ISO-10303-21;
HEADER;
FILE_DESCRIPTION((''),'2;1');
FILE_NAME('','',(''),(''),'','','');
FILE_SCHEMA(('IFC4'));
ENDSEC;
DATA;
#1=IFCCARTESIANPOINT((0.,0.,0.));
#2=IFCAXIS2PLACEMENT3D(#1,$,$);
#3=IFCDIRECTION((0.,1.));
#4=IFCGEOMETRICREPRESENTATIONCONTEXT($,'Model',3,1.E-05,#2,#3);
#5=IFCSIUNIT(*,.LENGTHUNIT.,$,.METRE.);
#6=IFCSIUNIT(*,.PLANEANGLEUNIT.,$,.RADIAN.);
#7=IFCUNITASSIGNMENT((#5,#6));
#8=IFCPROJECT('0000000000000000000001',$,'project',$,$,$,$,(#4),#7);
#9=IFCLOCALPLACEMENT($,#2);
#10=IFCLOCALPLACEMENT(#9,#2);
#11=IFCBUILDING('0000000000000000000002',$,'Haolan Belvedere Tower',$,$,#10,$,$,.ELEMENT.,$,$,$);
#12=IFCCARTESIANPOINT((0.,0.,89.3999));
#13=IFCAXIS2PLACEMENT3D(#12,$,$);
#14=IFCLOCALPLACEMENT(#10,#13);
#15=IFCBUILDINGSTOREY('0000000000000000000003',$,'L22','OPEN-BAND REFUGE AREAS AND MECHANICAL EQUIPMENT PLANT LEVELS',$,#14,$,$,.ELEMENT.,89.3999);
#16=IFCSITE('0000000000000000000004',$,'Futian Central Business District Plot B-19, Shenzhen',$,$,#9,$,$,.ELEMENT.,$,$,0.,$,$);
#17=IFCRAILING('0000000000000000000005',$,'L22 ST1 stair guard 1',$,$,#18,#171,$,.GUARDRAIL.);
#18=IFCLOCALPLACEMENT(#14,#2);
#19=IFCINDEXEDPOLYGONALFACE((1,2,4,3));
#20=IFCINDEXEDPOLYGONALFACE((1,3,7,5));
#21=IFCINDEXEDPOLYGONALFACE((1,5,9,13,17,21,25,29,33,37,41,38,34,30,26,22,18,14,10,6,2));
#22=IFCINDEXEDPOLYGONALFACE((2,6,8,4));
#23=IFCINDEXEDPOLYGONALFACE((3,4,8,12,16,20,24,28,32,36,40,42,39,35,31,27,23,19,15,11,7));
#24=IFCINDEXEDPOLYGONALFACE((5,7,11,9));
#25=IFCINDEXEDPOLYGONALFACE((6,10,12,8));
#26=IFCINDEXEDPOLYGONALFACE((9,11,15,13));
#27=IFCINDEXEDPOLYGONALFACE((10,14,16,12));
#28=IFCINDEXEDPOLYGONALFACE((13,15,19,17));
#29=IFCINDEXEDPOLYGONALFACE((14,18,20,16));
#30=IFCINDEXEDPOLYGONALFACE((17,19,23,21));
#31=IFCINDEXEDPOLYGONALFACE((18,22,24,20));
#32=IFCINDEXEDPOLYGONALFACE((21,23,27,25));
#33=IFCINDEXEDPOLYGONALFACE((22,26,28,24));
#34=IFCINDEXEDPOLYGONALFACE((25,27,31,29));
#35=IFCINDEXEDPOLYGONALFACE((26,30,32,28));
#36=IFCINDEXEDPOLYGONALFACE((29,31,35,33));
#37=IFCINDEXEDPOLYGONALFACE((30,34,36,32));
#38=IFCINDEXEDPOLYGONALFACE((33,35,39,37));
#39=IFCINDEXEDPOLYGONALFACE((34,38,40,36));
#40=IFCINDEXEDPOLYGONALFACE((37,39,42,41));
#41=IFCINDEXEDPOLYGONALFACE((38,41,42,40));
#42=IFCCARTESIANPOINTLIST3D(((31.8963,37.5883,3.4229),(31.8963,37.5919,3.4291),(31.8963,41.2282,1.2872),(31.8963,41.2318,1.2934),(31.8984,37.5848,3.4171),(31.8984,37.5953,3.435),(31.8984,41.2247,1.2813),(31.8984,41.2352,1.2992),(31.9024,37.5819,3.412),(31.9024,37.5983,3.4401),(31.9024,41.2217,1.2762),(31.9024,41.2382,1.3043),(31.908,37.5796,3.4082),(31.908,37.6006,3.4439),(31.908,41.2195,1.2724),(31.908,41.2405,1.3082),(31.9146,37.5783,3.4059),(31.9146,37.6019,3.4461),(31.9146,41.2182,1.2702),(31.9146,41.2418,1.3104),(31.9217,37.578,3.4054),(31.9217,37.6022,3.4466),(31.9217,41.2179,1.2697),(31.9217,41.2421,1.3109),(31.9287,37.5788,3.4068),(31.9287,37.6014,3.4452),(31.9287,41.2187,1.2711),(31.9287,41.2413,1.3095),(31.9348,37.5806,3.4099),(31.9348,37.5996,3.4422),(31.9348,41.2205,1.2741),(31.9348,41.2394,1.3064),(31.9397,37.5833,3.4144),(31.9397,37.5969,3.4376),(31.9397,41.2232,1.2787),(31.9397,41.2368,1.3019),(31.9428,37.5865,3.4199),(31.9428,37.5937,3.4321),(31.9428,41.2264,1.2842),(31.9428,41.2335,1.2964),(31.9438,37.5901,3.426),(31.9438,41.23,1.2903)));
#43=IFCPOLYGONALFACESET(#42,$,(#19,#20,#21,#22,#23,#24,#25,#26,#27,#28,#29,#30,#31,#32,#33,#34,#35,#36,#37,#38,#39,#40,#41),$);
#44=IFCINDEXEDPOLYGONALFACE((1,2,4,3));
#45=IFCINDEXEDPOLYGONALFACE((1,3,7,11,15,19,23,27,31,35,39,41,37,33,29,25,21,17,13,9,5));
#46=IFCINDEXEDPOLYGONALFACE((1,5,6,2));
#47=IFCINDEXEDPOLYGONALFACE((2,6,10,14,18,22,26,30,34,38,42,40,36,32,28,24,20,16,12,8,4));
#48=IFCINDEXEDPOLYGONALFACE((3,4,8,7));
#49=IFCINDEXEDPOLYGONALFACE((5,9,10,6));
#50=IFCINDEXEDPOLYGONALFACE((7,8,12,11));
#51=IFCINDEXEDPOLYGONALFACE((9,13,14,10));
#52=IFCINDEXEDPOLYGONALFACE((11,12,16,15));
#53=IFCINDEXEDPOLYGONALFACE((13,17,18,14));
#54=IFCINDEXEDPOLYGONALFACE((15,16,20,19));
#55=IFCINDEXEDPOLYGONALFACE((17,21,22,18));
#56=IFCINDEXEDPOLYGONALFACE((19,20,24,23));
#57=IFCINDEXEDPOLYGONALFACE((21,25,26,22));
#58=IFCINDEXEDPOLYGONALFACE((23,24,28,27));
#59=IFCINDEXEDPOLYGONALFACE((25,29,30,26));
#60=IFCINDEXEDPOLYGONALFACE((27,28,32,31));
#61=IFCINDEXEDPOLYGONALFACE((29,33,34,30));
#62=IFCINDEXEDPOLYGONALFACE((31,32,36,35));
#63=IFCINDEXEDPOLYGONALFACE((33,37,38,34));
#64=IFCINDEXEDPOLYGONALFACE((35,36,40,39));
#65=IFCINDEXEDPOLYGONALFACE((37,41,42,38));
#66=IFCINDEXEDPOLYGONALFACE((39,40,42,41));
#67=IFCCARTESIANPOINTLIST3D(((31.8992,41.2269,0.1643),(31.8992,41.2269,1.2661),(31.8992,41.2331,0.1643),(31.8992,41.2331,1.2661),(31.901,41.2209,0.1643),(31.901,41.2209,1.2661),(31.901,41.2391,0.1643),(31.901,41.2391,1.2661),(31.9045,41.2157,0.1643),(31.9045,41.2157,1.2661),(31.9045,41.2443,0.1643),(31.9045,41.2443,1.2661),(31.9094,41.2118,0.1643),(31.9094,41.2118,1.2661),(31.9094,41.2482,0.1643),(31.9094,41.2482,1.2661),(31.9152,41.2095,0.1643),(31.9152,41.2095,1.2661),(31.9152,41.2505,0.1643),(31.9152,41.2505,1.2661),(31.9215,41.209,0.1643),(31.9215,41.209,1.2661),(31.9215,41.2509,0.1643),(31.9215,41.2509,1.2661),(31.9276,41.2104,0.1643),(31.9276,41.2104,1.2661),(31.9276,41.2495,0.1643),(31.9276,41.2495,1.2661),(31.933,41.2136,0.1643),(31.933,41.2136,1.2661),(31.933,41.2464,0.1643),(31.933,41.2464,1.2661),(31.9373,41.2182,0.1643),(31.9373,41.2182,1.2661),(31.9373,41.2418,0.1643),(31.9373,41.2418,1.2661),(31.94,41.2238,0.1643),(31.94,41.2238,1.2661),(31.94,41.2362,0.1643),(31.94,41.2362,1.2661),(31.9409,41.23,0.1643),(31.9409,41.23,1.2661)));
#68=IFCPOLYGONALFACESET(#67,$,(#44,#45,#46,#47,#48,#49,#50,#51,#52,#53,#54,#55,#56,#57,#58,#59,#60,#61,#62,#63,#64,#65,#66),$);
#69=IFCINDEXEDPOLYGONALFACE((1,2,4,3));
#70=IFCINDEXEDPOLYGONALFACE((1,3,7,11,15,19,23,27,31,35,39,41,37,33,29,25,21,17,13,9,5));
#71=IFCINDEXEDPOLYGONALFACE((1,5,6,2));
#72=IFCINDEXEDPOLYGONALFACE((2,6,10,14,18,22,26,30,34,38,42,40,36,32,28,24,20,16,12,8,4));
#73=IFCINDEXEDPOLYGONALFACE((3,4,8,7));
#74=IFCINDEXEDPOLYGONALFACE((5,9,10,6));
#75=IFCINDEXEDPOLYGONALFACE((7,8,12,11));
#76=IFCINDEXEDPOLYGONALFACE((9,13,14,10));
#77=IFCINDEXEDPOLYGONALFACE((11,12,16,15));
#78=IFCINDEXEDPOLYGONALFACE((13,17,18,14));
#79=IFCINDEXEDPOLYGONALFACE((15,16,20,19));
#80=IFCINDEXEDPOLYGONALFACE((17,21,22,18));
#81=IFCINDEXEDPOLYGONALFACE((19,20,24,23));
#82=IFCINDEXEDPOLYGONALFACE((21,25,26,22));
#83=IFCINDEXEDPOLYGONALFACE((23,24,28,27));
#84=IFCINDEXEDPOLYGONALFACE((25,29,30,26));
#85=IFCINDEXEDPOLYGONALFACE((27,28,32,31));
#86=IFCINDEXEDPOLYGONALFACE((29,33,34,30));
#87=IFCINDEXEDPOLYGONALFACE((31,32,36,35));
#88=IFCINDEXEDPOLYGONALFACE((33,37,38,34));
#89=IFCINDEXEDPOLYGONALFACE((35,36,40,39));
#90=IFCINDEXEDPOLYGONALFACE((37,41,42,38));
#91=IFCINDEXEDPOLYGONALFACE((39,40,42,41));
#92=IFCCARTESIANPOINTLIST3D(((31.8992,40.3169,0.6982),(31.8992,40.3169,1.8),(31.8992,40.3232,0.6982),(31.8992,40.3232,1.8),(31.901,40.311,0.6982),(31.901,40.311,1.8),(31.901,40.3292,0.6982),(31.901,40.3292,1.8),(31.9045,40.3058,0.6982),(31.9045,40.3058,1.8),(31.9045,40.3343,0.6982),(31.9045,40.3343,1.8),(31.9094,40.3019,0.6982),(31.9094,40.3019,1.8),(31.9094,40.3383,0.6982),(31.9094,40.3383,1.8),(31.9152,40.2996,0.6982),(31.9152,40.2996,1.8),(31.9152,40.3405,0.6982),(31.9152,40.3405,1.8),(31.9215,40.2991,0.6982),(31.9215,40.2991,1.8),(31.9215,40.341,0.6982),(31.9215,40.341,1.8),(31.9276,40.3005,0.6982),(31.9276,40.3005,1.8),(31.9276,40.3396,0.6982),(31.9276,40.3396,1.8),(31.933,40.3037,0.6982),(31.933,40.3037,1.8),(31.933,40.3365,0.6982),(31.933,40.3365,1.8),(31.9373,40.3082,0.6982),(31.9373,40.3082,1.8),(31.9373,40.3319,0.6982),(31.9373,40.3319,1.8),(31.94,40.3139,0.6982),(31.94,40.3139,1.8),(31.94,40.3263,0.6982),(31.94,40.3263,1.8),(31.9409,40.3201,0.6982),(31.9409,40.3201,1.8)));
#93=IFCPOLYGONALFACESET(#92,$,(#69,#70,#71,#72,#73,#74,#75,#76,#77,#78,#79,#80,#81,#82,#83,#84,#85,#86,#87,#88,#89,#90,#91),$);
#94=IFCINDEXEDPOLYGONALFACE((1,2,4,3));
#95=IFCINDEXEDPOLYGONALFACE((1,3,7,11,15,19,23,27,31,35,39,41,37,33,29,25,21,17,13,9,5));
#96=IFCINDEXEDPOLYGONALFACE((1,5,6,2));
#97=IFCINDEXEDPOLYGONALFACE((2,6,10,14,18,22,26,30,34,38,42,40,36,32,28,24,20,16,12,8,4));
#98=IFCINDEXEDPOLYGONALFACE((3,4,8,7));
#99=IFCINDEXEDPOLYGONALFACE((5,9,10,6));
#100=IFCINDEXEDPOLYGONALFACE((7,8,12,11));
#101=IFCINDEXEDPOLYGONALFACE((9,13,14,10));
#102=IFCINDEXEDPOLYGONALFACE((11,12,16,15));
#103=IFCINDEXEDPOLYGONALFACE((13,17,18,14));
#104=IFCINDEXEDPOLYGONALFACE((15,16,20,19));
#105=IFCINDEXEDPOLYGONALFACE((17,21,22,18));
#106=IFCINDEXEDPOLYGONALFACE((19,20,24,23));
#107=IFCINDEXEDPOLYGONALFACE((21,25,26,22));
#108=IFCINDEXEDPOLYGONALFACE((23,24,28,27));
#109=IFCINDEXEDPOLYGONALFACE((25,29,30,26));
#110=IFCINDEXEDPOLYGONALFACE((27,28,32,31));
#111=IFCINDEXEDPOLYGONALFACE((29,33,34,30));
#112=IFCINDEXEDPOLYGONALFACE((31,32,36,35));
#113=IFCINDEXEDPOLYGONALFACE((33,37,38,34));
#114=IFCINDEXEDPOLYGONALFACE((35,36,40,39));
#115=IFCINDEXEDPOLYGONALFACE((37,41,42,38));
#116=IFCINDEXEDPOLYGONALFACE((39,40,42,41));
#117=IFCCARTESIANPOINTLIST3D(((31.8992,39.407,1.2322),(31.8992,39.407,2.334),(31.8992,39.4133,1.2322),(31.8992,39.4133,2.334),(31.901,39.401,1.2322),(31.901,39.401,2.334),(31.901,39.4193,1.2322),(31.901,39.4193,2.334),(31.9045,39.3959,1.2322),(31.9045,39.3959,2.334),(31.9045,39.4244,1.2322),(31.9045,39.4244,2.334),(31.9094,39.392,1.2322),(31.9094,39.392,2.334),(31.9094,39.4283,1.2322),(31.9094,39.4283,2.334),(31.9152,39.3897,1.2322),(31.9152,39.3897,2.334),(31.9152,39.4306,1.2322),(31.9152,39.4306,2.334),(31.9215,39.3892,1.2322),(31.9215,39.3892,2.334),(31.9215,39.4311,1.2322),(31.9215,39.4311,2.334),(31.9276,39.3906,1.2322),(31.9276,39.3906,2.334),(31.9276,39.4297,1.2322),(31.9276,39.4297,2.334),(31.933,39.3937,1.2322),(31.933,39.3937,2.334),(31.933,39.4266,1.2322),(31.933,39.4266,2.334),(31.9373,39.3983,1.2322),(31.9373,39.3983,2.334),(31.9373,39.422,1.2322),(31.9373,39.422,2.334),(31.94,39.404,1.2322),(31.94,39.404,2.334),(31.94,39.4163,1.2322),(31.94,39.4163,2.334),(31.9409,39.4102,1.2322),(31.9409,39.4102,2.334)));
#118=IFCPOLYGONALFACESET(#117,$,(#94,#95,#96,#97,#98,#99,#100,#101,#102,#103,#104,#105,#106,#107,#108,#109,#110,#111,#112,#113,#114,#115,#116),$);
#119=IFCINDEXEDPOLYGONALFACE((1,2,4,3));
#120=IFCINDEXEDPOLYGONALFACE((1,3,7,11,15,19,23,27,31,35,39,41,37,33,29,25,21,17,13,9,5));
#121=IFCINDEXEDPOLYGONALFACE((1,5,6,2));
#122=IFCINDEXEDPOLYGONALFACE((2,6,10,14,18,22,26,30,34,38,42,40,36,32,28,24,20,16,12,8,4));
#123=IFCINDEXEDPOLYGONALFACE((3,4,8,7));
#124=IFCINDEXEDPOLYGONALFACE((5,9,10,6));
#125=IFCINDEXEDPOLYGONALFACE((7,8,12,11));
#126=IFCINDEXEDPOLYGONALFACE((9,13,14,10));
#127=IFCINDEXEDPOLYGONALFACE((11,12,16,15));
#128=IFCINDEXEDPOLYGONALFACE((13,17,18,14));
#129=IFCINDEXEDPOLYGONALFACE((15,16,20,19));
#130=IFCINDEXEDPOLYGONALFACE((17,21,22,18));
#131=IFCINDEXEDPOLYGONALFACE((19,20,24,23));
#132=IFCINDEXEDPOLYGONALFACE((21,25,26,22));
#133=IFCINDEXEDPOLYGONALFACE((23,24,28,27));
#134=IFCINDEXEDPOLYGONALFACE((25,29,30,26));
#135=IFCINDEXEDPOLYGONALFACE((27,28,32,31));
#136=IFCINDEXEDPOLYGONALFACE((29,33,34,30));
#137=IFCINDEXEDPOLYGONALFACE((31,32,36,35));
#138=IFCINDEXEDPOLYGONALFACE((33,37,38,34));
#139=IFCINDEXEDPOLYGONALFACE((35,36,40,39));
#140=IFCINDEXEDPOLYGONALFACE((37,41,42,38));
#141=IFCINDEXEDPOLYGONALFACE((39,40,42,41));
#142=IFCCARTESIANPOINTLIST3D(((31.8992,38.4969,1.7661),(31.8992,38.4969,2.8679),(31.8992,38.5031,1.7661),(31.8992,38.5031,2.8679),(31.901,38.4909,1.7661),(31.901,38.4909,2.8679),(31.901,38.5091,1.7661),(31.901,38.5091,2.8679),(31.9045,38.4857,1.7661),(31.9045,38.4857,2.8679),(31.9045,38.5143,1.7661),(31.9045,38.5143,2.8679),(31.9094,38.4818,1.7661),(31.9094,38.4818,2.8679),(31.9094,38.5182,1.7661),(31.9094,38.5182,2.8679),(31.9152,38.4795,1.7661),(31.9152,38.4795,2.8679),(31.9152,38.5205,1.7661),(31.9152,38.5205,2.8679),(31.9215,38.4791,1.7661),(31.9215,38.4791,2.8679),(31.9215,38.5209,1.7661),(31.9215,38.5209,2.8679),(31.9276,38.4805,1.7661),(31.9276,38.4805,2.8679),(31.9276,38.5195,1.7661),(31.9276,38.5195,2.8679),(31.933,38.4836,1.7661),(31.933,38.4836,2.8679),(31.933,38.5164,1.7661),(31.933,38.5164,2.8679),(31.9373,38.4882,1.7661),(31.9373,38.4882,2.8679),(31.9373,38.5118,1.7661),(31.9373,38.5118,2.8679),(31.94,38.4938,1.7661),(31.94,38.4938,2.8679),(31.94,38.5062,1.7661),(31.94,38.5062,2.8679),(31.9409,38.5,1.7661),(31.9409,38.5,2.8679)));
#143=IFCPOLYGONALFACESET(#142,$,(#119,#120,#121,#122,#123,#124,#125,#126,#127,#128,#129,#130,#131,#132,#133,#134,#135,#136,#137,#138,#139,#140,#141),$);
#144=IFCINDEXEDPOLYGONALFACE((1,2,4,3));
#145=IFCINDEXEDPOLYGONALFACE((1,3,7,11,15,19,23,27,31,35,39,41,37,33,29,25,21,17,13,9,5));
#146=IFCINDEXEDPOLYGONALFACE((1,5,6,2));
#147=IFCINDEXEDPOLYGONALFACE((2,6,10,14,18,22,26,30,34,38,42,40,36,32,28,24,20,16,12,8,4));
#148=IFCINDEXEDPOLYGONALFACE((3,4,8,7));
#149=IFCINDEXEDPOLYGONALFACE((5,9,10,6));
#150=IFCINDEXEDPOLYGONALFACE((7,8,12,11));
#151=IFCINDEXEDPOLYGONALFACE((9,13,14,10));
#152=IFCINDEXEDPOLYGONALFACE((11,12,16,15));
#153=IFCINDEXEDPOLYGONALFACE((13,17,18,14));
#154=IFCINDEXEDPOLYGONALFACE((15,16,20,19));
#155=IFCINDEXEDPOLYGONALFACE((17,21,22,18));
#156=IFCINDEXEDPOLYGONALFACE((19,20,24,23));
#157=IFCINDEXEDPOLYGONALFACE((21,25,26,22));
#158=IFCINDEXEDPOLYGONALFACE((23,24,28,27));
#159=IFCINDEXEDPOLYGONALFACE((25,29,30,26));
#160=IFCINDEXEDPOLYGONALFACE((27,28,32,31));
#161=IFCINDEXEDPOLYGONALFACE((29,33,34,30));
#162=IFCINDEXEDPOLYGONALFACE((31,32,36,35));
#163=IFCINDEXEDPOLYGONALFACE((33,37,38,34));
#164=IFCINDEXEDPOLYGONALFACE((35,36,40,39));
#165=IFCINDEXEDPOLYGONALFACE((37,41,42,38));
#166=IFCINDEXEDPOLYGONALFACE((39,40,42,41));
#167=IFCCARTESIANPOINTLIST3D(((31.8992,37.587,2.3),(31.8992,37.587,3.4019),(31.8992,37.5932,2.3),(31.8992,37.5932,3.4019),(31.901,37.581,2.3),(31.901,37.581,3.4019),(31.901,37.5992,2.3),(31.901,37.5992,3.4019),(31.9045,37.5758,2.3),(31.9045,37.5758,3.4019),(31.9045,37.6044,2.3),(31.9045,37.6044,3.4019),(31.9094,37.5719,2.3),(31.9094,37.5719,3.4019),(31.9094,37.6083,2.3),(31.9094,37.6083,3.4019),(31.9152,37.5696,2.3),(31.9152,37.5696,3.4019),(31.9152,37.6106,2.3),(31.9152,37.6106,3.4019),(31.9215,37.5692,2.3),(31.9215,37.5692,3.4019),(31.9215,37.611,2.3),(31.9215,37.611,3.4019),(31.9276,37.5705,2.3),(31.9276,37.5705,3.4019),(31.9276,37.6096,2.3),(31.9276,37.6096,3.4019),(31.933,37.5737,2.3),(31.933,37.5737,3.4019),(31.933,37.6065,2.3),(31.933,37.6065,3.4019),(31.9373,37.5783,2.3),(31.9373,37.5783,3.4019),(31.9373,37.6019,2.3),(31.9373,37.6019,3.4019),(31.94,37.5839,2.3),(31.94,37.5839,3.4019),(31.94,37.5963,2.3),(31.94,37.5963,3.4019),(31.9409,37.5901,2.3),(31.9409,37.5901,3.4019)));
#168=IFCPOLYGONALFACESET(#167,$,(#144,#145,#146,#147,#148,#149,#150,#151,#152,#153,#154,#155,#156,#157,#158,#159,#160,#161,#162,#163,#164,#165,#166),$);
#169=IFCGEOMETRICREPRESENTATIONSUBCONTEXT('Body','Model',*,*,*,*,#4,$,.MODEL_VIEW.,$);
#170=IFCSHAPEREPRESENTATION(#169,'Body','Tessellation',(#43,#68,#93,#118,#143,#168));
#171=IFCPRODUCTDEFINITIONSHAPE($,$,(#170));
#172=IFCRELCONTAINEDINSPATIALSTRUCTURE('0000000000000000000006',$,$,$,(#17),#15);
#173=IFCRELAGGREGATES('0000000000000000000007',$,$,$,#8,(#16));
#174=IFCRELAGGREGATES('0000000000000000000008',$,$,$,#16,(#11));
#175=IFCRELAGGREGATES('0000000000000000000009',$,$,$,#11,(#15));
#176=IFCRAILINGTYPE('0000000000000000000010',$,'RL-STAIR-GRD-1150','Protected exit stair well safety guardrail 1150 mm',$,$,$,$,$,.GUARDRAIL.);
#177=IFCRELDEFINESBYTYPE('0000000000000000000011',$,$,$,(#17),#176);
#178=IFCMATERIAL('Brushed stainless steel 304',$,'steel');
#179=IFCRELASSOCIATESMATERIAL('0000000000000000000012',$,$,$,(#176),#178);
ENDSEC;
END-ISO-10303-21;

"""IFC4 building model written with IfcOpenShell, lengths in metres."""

from ifc_helpers import new_model, si_unit, direction, frame, origin, origin_2d, place, context, subcontext, project, spatial, circle, extrude, material, type_object, element, save


model = new_model("IFC4")

# Units and contexts
model_context = context("Model", 3, precision=1e-05, world=origin(), true_north=direction((0.0, 1.0)))
body_context = subcontext(model_context, "Body", "Model", "MODEL_VIEW")
ifc_project = project(units=[si_unit("LENGTHUNIT", "METRE"), si_unit("PLANEANGLEUNIT", "RADIAN")], contexts=[model_context])

# Site, building, storey
site_placement = place(None, origin())
site = spatial("IfcSite", under=ifc_project, at=site_placement, Name="Futian Central Business District Plot B-19, Shenzhen", CompositionType="ELEMENT", RefElevation=0.0)
building_placement = place(site_placement, origin())
building = spatial("IfcBuilding", under=site, at=building_placement, Name="Haolan Belvedere Tower", CompositionType="ELEMENT")
storey_placement = place(building_placement, frame((0.0, 0.0, 89.3999)))
storey = spatial("IfcBuildingStorey", under=building, at=storey_placement, Name="L22", Description="OPEN-BAND REFUGE AREAS AND MECHANICAL EQUIPMENT PLANT LEVELS", CompositionType="ELEMENT", Elevation=89.3999)

# Railing
ifc_material_1 = material(Name="Brushed stainless steel 304", Category="steel")
railing_type_1 = type_object("IfcRailingType", Name="RL-STAIR-GRD-1150", Description="Protected exit stair well safety guardrail 1150 mm", PredefinedType="GUARDRAIL", material=ifc_material_1)
railing_1_placement = place(storey_placement, frame((31.9199, 41.23, 0.1643)))
element("IfcRailing", 1, at=railing_1_placement, inside=storey, type_object=railing_type_1, Name="L22 ST1 stair guard 1", PredefinedType="GUARDRAIL", context=body_context, shape_type="SweptSolid", body=[
    extrude(circle(Radius=0.0239, at=origin_2d()), frame((0.0, 0.0, 1.126), z_axis=(0.0, -0.86249, 0.506074), x_axis=(1.0, 0.0, 0.0)), (0.0, 0.0, 1.0), 4.2202),
    extrude(circle(Radius=0.021, at=origin_2d()), origin(), (0.0, 0.0, 1.0), 1.1018),
    extrude(circle(Radius=0.021, at=origin_2d()), frame((0.0, -0.9099, 0.5339)), (0.0, 0.0, 1.0), 1.1018),
    extrude(circle(Radius=0.021, at=origin_2d()), frame((0.0, -1.8198, 1.0679)), (0.0, 0.0, 1.0), 1.1018),
    extrude(circle(Radius=0.021, at=origin_2d()), frame((0.0, -2.73, 1.6018)), (0.0, 0.0, 1.0), 1.1018),
    extrude(circle(Radius=0.021, at=origin_2d()), frame((0.0, -3.6399, 2.1357)), (0.0, 0.0, 1.0), 1.1018),
])

save(model, "model.ifc")
